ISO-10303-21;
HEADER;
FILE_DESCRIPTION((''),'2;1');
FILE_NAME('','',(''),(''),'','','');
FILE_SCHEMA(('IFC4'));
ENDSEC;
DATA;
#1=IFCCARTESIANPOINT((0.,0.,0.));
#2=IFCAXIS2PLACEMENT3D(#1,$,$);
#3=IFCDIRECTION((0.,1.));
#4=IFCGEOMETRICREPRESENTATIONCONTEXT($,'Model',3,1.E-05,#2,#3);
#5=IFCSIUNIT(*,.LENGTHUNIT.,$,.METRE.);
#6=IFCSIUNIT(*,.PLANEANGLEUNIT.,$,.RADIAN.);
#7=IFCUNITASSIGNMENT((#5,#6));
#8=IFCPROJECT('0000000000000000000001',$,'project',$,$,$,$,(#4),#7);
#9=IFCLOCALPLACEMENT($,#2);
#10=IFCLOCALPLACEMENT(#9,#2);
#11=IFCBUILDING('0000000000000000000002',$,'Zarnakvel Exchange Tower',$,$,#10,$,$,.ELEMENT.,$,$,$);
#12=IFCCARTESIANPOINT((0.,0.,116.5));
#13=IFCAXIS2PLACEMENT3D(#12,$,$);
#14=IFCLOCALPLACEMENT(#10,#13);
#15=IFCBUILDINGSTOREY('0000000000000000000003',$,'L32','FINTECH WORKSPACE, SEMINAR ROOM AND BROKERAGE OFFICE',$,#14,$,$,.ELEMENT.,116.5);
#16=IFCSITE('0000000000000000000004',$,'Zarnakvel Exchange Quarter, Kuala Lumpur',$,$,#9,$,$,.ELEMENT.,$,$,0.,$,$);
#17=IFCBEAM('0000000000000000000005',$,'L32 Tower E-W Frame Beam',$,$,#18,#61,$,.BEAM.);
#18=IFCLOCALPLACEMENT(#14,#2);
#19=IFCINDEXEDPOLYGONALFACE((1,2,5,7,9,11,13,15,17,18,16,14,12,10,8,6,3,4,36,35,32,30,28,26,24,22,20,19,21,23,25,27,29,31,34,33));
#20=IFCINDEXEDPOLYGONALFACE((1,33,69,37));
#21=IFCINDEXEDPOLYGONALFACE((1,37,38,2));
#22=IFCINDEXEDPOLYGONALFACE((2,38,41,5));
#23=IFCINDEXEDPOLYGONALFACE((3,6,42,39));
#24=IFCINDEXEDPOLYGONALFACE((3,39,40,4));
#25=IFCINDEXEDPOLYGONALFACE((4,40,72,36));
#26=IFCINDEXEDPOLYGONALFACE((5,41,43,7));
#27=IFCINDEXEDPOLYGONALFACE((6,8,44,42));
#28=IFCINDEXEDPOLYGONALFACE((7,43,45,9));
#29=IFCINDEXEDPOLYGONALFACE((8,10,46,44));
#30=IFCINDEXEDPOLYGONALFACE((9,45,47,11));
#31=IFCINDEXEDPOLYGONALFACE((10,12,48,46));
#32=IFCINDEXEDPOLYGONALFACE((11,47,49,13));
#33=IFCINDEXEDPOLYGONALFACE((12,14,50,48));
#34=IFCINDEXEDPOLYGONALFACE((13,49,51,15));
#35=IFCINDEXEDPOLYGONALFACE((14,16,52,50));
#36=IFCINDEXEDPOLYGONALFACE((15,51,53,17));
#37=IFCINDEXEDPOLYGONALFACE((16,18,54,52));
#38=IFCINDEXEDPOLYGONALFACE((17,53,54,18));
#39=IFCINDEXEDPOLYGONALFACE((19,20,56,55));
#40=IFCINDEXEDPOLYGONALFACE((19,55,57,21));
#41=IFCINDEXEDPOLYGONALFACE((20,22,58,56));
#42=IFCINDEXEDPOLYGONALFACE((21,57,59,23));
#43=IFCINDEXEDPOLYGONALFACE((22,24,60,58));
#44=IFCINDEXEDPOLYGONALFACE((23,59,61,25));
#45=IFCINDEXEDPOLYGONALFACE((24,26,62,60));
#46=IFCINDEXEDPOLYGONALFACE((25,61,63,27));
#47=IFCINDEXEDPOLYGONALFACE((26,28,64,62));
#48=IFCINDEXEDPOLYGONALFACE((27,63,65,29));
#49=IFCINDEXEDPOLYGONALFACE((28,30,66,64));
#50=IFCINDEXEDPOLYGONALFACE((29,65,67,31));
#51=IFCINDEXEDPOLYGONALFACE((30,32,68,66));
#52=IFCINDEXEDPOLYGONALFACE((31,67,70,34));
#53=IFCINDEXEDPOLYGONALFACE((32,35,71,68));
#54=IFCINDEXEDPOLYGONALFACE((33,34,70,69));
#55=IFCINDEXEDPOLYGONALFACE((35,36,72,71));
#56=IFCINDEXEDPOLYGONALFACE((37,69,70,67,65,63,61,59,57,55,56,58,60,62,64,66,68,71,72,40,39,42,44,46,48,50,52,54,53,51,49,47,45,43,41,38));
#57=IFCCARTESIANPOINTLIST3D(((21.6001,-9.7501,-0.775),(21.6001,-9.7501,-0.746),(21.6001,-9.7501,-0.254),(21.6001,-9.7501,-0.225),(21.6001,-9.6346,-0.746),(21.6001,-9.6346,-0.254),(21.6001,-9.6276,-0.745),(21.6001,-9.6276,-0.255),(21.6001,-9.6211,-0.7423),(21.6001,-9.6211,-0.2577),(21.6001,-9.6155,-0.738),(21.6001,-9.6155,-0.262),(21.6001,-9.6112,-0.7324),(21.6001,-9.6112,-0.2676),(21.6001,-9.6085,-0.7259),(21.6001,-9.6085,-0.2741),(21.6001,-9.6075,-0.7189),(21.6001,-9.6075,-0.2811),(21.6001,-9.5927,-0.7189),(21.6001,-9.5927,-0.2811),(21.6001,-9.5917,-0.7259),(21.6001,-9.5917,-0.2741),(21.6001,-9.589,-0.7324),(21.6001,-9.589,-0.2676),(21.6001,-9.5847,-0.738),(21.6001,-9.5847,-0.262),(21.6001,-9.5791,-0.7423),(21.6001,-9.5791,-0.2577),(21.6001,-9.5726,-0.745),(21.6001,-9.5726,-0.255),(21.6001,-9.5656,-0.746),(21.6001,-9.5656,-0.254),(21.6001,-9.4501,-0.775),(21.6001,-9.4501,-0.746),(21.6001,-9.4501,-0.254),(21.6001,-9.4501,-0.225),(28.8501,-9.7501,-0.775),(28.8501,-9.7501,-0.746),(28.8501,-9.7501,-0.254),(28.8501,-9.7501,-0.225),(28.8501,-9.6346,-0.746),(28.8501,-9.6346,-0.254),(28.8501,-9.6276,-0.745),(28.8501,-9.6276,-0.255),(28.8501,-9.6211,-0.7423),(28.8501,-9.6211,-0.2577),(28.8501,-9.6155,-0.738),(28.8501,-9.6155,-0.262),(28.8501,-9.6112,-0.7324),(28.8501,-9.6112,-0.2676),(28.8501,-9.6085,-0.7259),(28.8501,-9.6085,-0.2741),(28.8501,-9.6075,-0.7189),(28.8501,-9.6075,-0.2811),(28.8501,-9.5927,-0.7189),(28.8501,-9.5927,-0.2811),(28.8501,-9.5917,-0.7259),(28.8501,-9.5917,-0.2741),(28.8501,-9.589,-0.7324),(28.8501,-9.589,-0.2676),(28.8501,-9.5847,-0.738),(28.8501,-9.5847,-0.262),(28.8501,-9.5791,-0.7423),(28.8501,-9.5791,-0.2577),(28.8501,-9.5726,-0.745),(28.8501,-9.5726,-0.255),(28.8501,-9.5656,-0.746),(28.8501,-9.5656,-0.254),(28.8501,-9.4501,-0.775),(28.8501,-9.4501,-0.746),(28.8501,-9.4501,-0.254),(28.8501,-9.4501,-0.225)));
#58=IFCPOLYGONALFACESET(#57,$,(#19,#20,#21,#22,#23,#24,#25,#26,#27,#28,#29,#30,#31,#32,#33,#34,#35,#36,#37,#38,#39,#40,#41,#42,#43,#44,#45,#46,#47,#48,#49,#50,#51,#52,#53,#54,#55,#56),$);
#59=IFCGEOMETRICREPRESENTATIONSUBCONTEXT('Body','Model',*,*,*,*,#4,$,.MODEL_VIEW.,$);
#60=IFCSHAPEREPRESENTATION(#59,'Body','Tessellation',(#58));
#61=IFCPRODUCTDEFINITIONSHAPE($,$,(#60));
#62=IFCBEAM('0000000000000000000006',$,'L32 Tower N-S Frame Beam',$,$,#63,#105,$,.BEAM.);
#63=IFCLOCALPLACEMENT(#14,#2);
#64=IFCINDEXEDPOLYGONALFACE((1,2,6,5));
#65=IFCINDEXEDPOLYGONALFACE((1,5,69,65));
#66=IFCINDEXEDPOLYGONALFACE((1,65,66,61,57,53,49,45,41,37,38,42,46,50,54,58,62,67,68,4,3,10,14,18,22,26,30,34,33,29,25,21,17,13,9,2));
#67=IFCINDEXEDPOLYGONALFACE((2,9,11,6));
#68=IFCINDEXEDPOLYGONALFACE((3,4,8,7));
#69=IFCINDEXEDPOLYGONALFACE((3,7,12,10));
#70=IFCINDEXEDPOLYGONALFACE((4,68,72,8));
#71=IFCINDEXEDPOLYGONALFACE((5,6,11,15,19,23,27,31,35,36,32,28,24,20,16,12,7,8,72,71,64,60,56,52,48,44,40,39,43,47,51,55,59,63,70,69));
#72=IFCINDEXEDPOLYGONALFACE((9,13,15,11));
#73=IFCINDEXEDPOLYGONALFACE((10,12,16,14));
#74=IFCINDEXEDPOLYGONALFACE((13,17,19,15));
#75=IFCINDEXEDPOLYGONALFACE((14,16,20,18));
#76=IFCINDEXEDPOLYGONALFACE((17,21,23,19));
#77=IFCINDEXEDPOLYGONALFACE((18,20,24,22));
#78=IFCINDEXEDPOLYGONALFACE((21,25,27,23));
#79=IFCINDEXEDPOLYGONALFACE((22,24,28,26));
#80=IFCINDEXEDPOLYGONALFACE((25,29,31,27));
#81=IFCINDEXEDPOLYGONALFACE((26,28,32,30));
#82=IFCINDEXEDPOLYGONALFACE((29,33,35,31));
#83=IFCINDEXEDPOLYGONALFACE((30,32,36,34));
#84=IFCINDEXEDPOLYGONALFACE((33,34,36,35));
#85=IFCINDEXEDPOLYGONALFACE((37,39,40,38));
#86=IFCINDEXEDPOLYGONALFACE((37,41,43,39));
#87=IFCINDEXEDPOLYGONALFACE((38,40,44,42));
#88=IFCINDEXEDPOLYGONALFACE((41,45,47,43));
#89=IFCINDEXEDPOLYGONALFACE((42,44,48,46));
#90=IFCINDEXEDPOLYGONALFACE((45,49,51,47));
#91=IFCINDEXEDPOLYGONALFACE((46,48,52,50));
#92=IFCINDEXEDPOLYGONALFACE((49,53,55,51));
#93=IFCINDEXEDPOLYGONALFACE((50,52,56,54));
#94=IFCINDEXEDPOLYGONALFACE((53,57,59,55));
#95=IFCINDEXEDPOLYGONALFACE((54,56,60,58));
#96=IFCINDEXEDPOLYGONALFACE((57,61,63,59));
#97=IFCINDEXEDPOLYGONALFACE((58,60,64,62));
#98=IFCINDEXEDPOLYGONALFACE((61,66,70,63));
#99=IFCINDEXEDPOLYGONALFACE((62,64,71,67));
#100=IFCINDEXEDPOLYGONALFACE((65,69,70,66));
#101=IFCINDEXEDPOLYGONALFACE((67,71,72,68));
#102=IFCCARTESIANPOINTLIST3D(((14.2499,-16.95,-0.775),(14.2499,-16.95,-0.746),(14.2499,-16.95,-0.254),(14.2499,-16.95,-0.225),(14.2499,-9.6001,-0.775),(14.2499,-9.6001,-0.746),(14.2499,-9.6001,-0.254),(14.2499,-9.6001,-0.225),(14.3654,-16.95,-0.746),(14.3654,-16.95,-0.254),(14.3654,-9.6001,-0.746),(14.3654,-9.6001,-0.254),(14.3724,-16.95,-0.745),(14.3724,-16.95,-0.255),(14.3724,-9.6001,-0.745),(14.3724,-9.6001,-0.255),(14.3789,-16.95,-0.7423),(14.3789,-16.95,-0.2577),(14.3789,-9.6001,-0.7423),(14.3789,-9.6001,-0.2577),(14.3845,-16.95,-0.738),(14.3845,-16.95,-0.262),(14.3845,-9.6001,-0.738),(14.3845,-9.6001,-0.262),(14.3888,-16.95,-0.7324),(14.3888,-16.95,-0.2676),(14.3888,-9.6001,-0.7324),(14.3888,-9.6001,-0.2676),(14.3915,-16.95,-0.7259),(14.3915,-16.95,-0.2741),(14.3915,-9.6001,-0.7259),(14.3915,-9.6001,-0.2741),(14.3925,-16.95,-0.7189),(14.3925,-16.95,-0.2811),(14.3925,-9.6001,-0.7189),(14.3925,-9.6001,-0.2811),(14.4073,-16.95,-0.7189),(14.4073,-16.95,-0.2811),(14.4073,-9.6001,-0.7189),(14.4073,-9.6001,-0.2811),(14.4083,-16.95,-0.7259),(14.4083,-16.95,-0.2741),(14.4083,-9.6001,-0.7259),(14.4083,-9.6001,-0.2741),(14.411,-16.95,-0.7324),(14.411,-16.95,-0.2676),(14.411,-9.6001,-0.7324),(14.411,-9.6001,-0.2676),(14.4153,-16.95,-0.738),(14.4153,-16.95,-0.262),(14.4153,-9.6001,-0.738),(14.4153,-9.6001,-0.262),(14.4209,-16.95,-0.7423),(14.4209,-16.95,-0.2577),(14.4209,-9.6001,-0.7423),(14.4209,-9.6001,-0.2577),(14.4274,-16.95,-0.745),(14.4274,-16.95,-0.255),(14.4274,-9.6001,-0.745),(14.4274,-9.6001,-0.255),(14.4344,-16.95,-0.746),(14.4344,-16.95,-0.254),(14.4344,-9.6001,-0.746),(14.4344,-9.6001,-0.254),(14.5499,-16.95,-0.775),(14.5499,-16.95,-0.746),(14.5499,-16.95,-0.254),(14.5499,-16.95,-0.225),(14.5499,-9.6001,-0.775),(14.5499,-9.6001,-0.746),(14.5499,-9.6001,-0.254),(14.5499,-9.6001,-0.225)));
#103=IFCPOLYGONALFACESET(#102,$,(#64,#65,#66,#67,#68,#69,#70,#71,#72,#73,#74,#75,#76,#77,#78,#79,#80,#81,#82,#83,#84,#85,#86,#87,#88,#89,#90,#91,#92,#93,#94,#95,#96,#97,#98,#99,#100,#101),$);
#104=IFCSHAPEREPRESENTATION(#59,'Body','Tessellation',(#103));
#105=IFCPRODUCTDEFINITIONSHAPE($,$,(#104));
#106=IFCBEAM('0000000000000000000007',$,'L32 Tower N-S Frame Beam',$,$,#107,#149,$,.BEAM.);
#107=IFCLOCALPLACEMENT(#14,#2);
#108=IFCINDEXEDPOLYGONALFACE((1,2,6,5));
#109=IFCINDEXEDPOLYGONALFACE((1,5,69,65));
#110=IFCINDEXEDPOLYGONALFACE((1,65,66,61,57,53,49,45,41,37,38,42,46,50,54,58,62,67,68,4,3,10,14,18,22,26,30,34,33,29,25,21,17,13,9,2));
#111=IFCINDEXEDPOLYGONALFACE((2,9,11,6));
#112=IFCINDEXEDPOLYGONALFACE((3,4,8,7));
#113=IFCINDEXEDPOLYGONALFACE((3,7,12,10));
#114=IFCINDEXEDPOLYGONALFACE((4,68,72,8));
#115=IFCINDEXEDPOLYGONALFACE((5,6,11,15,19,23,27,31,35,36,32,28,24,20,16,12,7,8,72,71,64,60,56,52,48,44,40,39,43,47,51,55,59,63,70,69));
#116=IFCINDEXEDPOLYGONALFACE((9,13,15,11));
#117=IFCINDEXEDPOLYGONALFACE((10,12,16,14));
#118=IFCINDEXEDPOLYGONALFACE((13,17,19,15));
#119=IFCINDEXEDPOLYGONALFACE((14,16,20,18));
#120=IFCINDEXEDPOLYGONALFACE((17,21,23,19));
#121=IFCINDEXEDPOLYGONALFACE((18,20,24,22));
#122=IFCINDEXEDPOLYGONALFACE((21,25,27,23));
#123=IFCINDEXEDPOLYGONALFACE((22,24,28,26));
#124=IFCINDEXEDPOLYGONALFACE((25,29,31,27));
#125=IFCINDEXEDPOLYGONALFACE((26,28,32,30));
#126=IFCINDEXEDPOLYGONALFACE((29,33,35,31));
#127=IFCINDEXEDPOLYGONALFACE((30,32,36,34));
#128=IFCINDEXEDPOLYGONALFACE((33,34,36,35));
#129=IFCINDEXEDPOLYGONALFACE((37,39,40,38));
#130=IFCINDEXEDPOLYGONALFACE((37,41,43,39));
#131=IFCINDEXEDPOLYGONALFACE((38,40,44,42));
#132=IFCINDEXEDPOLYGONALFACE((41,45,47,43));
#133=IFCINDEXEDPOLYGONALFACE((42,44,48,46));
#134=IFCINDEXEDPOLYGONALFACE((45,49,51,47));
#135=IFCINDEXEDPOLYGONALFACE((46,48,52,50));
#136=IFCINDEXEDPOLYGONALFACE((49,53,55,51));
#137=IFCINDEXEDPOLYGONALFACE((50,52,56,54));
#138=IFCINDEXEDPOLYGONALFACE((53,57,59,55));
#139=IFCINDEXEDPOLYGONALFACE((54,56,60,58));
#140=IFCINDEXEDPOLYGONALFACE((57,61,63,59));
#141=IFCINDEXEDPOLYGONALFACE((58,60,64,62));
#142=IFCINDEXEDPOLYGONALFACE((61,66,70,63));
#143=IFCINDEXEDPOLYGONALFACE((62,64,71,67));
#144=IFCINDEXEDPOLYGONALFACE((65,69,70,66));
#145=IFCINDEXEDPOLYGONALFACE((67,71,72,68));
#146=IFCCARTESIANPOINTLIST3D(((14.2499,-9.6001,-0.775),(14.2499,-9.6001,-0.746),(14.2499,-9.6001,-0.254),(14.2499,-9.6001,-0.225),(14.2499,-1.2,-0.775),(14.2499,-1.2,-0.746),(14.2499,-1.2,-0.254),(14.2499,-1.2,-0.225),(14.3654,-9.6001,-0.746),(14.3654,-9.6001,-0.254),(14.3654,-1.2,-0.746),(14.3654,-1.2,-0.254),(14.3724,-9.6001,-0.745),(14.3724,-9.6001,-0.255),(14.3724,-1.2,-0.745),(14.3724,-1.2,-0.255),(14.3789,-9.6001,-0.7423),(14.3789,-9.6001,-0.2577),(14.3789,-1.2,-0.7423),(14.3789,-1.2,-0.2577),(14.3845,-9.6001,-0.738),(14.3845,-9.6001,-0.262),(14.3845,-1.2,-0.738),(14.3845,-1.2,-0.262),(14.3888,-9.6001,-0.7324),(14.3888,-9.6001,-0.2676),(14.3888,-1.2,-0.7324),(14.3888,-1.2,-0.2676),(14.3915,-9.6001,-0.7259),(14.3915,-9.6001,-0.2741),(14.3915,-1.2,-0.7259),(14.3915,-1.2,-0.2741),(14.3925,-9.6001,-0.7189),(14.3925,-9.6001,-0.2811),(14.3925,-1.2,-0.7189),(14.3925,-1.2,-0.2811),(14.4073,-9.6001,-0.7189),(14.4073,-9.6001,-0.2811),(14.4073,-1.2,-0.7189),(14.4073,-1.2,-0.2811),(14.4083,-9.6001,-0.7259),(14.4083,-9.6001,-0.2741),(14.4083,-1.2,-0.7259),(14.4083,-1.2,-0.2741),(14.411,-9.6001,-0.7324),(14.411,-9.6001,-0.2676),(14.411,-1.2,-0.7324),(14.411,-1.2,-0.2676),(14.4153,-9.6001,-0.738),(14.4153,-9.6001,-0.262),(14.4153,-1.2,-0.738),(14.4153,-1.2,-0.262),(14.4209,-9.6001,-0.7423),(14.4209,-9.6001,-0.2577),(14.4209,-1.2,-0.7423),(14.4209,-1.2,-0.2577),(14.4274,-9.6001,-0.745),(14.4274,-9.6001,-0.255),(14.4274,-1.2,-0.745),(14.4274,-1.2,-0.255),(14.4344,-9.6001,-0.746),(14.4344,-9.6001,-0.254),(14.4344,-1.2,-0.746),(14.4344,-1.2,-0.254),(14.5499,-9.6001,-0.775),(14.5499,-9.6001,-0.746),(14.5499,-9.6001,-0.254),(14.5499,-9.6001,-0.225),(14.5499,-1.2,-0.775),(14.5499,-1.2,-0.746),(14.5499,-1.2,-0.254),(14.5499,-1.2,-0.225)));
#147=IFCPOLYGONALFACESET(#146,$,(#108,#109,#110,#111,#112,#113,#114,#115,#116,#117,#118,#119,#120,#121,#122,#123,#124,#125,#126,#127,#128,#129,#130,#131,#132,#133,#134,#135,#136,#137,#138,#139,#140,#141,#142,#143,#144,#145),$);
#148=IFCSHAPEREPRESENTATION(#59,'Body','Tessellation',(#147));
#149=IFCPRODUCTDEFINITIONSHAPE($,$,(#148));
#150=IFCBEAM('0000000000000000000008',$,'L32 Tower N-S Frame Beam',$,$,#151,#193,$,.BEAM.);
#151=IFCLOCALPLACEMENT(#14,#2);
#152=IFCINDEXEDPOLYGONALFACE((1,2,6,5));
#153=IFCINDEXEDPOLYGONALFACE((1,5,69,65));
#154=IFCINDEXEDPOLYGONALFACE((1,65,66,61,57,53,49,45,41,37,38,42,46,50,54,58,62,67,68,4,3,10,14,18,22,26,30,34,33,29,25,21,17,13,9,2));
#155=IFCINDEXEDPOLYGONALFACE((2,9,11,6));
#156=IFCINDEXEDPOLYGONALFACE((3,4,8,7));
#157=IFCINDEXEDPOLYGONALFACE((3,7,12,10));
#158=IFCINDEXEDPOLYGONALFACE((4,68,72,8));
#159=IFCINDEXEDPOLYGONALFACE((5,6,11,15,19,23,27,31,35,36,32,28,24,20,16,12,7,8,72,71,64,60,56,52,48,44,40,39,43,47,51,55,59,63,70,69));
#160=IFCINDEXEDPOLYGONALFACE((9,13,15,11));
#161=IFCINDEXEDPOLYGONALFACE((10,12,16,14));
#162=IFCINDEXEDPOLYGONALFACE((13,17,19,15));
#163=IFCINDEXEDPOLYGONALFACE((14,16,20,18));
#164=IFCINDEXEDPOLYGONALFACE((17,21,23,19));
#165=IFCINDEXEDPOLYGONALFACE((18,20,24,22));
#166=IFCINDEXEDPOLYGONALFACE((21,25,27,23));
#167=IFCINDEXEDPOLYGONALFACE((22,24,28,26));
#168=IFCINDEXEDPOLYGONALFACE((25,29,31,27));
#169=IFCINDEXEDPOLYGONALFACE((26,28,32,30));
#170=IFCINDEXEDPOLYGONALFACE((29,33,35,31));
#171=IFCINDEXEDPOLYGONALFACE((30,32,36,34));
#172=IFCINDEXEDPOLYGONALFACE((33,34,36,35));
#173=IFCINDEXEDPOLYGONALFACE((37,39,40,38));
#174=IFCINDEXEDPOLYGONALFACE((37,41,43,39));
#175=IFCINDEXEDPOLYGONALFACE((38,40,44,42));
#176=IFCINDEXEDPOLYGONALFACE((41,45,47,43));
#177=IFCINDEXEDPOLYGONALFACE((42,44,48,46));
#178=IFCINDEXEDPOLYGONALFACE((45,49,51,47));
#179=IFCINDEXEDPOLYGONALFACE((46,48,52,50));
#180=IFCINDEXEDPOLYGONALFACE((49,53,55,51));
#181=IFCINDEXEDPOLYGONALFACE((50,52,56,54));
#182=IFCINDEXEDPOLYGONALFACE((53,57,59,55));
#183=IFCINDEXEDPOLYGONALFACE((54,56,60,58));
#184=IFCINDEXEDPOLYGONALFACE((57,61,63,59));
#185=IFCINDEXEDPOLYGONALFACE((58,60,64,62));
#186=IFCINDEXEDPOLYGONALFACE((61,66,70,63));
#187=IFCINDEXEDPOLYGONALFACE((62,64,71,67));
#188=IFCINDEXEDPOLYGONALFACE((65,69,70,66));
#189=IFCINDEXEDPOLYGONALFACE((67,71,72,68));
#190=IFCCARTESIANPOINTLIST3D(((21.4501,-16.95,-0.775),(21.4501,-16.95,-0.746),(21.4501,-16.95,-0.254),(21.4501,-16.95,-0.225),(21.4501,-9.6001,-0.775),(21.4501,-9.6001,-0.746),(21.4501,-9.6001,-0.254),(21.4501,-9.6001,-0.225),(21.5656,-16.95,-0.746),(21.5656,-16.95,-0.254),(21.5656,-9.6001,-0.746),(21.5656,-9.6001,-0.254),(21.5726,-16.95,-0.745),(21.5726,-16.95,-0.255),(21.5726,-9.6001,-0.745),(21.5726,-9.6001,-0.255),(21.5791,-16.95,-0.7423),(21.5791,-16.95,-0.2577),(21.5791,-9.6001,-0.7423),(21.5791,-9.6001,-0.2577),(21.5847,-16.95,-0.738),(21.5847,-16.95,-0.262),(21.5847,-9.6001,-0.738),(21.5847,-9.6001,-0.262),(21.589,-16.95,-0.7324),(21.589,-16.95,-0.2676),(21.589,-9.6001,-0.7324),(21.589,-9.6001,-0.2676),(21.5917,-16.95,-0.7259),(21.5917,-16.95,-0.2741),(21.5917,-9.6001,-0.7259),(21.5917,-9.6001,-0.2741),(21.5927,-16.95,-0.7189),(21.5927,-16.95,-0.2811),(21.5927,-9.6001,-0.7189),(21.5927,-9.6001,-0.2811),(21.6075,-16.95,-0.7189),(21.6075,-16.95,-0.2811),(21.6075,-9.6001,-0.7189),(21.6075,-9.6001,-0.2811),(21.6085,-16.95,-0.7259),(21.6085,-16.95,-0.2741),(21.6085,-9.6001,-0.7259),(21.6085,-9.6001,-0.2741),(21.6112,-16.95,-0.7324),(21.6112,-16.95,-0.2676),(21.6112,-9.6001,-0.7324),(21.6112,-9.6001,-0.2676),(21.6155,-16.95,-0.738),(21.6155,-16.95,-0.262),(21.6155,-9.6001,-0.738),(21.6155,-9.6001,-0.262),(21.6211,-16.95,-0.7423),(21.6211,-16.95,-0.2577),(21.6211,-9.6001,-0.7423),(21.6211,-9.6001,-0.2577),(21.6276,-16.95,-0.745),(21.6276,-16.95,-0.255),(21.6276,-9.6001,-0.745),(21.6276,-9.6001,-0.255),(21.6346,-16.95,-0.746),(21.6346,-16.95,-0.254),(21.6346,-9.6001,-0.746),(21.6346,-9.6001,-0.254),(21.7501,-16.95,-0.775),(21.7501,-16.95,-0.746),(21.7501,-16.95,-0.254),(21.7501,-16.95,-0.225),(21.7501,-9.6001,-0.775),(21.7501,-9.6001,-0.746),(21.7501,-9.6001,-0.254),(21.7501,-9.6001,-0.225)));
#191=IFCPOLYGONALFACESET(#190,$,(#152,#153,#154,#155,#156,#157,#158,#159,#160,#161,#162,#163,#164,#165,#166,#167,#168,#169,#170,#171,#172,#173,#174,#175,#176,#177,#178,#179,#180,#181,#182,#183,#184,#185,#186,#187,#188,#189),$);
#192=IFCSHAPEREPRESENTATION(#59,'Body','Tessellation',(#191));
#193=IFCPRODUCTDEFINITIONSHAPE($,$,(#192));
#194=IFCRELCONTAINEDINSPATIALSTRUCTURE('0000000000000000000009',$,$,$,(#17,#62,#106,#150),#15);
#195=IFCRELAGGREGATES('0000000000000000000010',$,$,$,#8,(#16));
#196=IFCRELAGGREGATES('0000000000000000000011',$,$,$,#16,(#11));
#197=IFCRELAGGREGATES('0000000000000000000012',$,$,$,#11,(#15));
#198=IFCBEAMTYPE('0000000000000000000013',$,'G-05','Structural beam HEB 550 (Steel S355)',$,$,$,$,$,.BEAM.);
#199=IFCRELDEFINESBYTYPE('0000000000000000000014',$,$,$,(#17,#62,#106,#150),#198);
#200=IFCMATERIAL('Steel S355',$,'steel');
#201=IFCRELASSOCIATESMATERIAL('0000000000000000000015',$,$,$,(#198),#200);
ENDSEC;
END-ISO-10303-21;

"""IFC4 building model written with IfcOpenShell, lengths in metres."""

from ifc_helpers import new_model, si_unit, direction, frame, origin, origin_2d, place, context, subcontext, project, spatial, i_section, extrude, material, material_profile, profile_set, type_object, element, save


model = new_model("IFC4")

# Units and contexts
model_context = context("Model", 3, precision=1e-05, world=origin(), true_north=direction((0.0, 1.0)))
body_context = subcontext(model_context, "Body", "Model", "MODEL_VIEW")
ifc_project = project(units=[si_unit("LENGTHUNIT", "METRE"), si_unit("PLANEANGLEUNIT", "RADIAN")], contexts=[model_context])

# Site, building, storey
site_placement = place(None, origin())
site = spatial("IfcSite", under=ifc_project, at=site_placement, Name="Zarnakvel Exchange Quarter, Kuala Lumpur", CompositionType="ELEMENT", RefElevation=0.0)
building_placement = place(site_placement, origin())
building = spatial("IfcBuilding", under=site, at=building_placement, Name="Zarnakvel Exchange Tower", CompositionType="ELEMENT")
storey_placement = place(building_placement, frame((0.0, 0.0, 116.5)))
storey = spatial("IfcBuildingStorey", under=building, at=storey_placement, Name="L32", Description="FINTECH WORKSPACE, SEMINAR ROOM AND BROKERAGE OFFICE", CompositionType="ELEMENT", Elevation=116.5)

# Beams
ifc_material_1 = material(Name="Steel S355", Category="steel")
ifc_material_profile_1 = material_profile(ifc_material_1, i_section(OverallWidth=0.3, OverallDepth=0.55, WebThickness=0.0149, FlangeThickness=0.0291, FilletRadius=0.0271, at=origin_2d()))
ifc_profile_set_1 = profile_set([ifc_material_profile_1], Name="Steel S355")
beam_type_1 = type_object("IfcBeamType", Name="G-05", Description="Structural beam HEB 550 (Steel S355)", PredefinedType="BEAM", material=ifc_profile_set_1)
beam_1_placement = place(storey_placement, frame((21.6001, -9.6001, -0.5), z_axis=(1.0, 0.0, 0.0), x_axis=(0.0, 1.0, 0.0)))
element("IfcBeam", 1, at=beam_1_placement, inside=storey, type_object=beam_type_1, Name="L32 Tower E-W Frame Beam", PredefinedType="BEAM", context=body_context, shape_type="SweptSolid", body=[
    extrude(i_section(OverallWidth=0.3, OverallDepth=0.55, WebThickness=0.0149, FlangeThickness=0.0291, FilletRadius=0.0271, at=origin_2d()), origin(), (0.0, 0.0, 1.0), 7.25),
])
beam_2_placement = place(storey_placement, frame((14.3999, -16.95, -0.5), z_axis=(0.0, 1.0, 0.0), x_axis=(-1.0, 0.0, 0.0)))
element("IfcBeam", 2, at=beam_2_placement, inside=storey, type_object=beam_type_1, Name="L32 Tower N-S Frame Beam", PredefinedType="BEAM", context=body_context, shape_type="SweptSolid", body=[
    extrude(i_section(OverallWidth=0.3, OverallDepth=0.55, WebThickness=0.0149, FlangeThickness=0.0291, FilletRadius=0.0271, at=origin_2d()), origin(), (0.0, 0.0, 1.0), 7.3499),
])
beam_3_placement = place(storey_placement, frame((14.3999, -9.6001, -0.5), z_axis=(0.0, 1.0, 0.0), x_axis=(-1.0, 0.0, 0.0)))
element("IfcBeam", 3, at=beam_3_placement, inside=storey, type_object=beam_type_1, Name="L32 Tower N-S Frame Beam", PredefinedType="BEAM", context=body_context, shape_type="SweptSolid", body=[
    extrude(i_section(OverallWidth=0.3, OverallDepth=0.55, WebThickness=0.0149, FlangeThickness=0.0291, FilletRadius=0.0271, at=origin_2d()), origin(), (0.0, 0.0, 1.0), 8.4001),
])
beam_4_placement = place(storey_placement, frame((21.6001, -16.95, -0.5), z_axis=(0.0, 1.0, 0.0), x_axis=(-1.0, 0.0, 0.0)))
element("IfcBeam", 4, at=beam_4_placement, inside=storey, type_object=beam_type_1, Name="L32 Tower N-S Frame Beam", PredefinedType="BEAM", context=body_context, shape_type="SweptSolid", body=[
    extrude(i_section(OverallWidth=0.3, OverallDepth=0.55, WebThickness=0.0149, FlangeThickness=0.0291, FilletRadius=0.0271, at=origin_2d()), origin(), (0.0, 0.0, 1.0), 7.3499),
])

save(model, "model.ifc")
